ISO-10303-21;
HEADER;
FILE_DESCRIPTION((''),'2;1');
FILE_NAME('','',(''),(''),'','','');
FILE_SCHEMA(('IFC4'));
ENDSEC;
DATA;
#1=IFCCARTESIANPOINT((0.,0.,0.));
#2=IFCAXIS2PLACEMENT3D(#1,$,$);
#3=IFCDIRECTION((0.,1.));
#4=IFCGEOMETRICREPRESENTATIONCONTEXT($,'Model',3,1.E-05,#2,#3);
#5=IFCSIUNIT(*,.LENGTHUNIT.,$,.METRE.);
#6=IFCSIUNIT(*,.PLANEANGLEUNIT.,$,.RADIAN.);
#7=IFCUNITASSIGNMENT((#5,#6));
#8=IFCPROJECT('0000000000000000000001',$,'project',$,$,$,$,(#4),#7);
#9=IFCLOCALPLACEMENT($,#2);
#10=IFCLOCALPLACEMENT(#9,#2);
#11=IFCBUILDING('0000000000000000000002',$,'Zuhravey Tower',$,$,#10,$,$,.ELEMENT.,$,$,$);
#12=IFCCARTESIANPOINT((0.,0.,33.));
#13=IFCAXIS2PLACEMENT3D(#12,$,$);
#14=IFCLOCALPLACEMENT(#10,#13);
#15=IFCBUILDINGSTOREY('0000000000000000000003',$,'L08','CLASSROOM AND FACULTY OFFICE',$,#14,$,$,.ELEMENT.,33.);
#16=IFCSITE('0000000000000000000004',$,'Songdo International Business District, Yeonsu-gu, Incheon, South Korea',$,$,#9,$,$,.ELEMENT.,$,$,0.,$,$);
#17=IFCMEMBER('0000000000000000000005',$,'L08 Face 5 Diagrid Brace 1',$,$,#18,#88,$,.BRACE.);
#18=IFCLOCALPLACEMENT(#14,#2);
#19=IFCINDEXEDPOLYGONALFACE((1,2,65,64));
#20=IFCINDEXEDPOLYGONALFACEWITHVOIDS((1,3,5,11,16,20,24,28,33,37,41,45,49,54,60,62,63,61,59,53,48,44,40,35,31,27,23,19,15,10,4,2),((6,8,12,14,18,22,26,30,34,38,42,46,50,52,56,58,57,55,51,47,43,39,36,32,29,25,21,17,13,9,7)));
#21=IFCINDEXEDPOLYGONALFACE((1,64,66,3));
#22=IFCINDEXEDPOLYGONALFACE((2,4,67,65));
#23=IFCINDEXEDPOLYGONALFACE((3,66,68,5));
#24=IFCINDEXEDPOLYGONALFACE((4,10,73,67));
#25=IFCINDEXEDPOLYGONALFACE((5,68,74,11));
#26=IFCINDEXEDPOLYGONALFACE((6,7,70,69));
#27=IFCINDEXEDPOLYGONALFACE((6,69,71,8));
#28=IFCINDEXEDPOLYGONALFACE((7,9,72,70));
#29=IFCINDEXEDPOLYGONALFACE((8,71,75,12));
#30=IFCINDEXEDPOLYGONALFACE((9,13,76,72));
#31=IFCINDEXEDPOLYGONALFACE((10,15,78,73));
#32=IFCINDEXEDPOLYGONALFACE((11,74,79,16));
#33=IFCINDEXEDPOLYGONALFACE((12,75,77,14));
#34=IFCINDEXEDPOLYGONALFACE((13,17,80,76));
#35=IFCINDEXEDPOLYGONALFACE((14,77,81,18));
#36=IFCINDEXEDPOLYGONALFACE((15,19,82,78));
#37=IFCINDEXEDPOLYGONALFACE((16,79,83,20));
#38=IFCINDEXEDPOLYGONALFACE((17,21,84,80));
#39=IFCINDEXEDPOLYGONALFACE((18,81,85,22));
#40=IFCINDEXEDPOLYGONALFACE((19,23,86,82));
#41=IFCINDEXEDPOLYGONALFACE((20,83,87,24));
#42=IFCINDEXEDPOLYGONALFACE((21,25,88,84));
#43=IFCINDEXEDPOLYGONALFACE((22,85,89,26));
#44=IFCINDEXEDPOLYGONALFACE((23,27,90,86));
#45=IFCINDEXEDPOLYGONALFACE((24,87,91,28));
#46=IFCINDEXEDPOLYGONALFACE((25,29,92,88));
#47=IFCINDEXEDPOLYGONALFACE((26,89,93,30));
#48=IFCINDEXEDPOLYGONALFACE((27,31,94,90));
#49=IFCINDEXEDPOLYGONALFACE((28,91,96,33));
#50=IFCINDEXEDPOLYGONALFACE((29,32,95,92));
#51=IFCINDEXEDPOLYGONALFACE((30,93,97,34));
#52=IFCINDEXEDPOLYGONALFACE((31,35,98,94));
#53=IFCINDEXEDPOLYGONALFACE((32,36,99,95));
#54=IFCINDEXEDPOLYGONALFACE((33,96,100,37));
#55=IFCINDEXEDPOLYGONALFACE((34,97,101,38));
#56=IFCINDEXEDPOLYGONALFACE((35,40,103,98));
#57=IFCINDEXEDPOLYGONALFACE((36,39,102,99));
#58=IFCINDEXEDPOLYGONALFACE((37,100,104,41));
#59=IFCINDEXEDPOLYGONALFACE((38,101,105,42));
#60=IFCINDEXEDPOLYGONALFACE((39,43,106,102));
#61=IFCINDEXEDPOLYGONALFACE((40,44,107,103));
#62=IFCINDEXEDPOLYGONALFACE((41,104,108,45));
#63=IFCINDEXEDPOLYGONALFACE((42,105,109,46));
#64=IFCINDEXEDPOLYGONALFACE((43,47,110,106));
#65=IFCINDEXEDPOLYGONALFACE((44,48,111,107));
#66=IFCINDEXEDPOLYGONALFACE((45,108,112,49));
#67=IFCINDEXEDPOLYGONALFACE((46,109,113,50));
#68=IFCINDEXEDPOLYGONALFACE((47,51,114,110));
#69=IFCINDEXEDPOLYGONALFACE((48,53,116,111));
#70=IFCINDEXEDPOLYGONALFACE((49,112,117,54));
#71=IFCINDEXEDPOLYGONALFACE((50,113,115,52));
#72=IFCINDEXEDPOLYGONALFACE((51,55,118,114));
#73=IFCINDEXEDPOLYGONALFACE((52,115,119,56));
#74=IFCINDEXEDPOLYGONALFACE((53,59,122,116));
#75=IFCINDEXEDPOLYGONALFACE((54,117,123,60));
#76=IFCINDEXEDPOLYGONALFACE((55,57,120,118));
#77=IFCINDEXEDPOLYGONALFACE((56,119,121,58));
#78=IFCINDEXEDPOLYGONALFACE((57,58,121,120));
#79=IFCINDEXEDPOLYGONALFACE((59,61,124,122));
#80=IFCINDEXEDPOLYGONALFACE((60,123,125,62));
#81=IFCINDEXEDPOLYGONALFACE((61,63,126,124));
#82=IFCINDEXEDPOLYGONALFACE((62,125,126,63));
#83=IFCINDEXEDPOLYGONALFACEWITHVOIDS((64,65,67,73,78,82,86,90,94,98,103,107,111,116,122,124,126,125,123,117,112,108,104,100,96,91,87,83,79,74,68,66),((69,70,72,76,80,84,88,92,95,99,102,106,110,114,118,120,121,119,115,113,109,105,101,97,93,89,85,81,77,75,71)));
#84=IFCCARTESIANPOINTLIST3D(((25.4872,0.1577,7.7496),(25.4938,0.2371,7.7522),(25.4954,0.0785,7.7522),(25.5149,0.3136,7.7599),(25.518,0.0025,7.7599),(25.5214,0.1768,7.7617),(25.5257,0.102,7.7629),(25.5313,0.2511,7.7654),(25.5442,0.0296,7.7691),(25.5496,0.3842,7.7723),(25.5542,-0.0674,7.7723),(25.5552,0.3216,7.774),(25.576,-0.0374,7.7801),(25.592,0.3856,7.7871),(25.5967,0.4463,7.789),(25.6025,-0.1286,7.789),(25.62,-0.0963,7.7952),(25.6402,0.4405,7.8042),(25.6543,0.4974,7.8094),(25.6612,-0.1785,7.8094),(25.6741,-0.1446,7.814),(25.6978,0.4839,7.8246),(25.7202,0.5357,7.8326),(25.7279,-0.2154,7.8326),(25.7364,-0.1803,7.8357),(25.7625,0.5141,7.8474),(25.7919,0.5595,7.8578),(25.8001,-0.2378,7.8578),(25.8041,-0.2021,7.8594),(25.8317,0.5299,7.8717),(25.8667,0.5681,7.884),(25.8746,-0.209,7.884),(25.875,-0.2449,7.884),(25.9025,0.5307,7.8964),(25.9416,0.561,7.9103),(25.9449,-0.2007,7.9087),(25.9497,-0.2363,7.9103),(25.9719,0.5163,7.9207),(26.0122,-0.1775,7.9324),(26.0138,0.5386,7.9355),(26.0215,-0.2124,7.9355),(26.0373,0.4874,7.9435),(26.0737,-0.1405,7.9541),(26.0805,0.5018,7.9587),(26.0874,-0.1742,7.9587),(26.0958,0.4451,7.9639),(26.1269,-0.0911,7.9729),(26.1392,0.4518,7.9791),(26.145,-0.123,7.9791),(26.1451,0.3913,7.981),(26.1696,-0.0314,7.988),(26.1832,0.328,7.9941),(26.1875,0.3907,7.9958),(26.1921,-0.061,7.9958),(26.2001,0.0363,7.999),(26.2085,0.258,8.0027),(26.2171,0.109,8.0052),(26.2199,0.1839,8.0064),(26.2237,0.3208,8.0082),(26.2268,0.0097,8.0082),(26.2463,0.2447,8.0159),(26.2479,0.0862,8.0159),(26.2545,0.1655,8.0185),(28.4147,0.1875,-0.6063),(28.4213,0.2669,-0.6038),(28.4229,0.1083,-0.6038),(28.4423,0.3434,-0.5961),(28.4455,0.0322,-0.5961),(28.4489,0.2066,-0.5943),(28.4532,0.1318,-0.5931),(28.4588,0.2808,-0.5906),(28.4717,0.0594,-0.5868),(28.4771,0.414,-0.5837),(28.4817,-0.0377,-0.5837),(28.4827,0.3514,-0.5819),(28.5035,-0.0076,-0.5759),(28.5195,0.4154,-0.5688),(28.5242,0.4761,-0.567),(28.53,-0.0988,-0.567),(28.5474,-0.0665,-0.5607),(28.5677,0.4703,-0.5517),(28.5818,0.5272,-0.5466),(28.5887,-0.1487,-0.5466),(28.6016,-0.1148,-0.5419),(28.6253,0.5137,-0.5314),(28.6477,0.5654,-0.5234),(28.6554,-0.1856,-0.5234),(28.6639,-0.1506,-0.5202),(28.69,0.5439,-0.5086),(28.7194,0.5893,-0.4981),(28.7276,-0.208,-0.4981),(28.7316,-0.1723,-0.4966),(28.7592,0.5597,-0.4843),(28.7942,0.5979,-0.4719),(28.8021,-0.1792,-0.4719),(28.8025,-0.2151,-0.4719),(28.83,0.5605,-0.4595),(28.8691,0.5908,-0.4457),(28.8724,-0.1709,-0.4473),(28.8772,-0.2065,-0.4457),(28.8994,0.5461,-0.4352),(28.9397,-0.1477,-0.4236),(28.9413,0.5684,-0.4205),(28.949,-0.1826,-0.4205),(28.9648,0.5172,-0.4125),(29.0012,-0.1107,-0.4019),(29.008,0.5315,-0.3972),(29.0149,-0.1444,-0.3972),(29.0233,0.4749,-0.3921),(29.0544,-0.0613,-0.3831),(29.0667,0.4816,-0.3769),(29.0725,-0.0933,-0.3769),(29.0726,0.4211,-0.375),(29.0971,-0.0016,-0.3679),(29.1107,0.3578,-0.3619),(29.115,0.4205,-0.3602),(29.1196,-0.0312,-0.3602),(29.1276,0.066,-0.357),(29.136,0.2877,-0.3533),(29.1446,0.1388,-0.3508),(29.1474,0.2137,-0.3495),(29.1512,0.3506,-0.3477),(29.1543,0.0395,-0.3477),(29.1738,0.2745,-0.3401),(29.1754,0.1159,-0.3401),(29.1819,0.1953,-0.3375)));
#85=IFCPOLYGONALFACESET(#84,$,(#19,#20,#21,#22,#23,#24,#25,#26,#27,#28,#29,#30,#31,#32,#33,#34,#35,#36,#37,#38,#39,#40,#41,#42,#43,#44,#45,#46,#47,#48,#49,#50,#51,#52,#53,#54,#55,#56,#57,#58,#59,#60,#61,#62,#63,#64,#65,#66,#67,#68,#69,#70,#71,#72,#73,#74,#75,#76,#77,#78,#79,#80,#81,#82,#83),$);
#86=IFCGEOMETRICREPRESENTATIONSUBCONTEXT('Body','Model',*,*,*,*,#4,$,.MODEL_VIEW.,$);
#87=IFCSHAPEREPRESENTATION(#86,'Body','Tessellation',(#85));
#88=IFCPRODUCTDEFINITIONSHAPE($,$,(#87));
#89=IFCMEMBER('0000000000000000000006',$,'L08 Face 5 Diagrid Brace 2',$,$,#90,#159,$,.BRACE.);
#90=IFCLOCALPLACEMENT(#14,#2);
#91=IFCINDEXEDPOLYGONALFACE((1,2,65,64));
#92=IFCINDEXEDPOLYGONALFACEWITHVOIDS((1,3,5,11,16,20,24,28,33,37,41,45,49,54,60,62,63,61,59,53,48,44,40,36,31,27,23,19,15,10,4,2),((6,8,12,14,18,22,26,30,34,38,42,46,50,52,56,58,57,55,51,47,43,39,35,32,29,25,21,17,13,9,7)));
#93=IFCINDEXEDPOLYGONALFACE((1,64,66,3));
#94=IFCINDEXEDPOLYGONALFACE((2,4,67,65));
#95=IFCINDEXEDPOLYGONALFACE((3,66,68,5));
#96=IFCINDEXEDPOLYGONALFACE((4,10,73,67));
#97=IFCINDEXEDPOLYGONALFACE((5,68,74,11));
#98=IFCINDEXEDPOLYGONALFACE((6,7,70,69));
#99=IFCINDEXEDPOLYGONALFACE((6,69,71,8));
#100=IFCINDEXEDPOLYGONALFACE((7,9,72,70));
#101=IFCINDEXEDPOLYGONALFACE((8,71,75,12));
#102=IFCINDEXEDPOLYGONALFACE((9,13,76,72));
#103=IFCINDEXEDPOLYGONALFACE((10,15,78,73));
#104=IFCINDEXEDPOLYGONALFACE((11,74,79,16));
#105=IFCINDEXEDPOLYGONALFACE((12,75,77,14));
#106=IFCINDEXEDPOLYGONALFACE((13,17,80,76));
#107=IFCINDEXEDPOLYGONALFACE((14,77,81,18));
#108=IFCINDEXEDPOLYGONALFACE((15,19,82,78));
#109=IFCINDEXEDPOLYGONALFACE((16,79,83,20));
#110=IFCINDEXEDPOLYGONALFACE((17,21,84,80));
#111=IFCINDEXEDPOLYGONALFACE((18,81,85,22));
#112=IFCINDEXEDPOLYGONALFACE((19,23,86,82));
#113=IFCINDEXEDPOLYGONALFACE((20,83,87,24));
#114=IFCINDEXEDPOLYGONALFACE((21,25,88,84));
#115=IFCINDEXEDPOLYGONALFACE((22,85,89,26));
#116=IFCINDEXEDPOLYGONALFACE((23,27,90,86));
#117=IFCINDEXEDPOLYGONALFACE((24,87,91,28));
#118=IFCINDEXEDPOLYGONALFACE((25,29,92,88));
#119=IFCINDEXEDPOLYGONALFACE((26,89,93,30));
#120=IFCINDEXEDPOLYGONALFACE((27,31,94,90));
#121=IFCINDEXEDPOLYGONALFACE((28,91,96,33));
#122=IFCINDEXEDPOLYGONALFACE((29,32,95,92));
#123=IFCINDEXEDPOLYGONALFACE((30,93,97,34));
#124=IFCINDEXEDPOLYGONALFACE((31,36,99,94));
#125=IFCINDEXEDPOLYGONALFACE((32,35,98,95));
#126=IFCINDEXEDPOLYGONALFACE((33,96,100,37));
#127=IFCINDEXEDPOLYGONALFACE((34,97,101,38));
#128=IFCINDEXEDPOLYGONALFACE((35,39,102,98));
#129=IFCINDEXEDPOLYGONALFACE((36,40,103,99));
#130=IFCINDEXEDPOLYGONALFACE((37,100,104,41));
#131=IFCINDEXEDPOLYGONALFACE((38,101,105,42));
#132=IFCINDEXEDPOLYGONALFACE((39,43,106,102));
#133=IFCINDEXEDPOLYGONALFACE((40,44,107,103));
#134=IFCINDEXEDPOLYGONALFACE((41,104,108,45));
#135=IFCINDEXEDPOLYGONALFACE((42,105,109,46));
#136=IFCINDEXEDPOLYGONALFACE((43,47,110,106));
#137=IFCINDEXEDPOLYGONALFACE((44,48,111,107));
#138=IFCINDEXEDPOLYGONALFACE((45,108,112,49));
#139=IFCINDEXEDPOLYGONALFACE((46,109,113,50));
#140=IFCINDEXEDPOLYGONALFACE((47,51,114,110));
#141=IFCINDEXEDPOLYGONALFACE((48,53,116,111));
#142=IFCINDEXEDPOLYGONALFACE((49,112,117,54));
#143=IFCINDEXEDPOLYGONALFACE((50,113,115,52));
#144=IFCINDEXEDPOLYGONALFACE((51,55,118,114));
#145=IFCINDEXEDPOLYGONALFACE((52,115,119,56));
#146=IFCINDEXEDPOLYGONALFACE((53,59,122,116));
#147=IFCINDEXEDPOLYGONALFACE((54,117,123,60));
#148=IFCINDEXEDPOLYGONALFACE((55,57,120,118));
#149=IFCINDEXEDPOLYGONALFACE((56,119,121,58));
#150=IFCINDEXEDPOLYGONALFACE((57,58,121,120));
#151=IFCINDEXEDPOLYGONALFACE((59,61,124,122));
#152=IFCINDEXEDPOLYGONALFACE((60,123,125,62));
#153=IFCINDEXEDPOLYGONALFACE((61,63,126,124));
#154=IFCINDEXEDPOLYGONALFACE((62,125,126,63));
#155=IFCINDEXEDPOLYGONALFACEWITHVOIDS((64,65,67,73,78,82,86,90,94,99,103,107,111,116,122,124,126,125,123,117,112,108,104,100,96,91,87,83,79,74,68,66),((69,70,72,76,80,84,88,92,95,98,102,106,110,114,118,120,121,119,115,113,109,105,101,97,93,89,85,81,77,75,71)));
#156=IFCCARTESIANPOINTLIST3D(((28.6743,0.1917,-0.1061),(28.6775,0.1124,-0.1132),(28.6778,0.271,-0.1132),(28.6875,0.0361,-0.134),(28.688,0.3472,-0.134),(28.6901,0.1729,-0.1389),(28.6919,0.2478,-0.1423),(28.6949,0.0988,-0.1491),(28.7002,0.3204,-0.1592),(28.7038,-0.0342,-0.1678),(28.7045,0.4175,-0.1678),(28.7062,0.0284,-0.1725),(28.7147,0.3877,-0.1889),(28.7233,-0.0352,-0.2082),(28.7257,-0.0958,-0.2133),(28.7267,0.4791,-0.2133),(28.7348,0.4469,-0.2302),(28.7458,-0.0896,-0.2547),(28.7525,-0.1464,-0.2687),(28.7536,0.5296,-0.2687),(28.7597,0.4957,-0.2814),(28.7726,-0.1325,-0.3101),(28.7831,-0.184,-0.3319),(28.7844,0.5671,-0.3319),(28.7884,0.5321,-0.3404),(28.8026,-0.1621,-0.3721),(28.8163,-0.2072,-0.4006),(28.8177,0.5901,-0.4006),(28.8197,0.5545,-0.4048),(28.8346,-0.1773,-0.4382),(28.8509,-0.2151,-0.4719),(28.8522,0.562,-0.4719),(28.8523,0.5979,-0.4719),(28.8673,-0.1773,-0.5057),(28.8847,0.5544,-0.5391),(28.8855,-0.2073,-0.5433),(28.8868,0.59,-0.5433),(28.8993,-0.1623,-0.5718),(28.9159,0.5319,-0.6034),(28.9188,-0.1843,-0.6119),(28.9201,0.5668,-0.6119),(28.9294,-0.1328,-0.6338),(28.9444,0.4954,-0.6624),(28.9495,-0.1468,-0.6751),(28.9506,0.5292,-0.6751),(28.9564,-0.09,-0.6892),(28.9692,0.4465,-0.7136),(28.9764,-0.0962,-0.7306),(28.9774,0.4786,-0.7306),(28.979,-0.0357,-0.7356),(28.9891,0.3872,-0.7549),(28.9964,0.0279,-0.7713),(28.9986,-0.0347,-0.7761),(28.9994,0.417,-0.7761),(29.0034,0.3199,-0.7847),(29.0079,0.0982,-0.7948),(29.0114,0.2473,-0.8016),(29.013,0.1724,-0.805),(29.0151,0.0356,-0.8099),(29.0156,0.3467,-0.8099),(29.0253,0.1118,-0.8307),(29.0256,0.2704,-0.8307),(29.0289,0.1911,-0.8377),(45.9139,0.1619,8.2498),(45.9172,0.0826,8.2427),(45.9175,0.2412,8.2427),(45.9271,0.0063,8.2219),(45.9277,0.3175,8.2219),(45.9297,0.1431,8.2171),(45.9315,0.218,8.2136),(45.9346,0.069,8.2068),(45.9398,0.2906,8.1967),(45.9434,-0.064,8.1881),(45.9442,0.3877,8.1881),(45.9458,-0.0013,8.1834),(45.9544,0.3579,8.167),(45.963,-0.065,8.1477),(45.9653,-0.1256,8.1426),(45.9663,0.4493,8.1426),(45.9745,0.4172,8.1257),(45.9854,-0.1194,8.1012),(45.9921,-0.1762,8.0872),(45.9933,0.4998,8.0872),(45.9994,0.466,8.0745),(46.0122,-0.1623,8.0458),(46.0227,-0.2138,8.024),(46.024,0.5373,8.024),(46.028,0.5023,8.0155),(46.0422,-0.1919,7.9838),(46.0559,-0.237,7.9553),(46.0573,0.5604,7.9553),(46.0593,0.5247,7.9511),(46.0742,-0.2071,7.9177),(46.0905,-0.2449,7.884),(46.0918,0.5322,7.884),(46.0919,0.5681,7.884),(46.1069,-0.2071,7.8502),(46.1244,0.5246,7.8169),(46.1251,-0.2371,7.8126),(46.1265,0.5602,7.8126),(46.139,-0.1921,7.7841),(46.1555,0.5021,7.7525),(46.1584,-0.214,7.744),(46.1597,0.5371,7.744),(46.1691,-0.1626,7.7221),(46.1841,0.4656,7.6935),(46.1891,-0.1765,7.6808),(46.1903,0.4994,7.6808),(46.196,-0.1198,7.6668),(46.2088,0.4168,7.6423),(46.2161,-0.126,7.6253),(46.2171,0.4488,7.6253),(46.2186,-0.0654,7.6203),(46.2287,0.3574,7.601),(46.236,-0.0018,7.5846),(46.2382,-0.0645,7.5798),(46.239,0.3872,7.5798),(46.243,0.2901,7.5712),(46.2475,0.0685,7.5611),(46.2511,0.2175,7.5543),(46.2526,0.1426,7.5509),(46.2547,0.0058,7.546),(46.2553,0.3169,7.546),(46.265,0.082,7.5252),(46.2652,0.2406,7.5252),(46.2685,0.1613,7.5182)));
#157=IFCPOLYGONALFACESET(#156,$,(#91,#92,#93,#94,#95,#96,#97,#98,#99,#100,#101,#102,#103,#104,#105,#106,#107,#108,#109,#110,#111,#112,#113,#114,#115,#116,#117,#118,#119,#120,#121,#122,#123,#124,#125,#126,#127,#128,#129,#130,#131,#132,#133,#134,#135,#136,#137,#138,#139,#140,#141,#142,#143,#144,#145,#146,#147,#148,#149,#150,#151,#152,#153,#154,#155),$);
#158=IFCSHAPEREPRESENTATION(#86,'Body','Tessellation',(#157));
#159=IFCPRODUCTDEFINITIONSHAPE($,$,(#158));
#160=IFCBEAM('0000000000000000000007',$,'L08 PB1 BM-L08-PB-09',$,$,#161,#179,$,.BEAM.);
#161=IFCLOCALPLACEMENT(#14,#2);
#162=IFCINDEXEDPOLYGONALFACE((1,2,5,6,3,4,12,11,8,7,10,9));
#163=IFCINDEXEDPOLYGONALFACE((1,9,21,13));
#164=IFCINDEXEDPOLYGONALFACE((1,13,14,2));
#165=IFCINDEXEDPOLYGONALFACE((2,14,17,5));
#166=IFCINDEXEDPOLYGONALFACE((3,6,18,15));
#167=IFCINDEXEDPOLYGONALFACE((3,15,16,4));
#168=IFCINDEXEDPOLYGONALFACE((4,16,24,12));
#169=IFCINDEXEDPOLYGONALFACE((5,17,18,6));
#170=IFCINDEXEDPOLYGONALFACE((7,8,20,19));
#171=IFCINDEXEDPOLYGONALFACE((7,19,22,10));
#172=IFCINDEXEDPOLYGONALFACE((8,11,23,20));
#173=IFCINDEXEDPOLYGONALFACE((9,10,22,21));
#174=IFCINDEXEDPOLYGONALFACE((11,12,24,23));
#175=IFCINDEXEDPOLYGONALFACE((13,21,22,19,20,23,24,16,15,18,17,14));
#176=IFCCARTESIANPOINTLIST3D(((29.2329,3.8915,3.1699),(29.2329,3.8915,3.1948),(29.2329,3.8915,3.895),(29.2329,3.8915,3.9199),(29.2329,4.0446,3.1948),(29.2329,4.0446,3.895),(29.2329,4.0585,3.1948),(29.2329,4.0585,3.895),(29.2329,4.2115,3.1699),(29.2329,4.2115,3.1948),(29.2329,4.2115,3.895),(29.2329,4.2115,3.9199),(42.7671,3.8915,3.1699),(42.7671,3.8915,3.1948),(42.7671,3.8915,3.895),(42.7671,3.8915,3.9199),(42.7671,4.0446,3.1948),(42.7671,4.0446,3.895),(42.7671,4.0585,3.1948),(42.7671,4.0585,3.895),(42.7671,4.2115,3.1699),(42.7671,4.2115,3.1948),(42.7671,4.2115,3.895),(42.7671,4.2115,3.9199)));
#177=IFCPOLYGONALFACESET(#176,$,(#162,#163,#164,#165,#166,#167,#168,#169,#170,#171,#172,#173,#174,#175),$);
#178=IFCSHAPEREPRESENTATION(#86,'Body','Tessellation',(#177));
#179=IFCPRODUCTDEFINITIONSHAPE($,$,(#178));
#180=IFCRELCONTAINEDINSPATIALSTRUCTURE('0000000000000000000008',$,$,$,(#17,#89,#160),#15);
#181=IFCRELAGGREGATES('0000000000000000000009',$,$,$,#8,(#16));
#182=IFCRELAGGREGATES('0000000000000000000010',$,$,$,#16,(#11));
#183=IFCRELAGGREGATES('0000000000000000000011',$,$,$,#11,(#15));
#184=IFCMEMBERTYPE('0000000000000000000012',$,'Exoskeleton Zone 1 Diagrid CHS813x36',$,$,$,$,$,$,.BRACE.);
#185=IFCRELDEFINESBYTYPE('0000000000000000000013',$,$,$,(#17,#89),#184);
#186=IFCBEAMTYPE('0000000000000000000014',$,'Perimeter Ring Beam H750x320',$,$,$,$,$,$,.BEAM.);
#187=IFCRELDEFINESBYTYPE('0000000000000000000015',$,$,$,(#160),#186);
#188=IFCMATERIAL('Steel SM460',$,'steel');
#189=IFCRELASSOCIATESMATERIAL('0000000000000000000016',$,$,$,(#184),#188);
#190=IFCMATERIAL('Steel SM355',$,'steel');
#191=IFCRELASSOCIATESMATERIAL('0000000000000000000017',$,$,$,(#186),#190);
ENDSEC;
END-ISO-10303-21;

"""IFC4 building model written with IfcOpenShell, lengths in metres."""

from ifc_helpers import new_model, si_unit, direction, frame, origin, origin_2d, place, context, subcontext, project, spatial, hollow_circle, i_section, extrude, material, material_profile, profile_set, type_object, element, save


model = new_model("IFC4")

# Units and contexts
model_context = context("Model", 3, precision=1e-05, world=origin(), true_north=direction((0.0, 1.0)))
body_context = subcontext(model_context, "Body", "Model", "MODEL_VIEW")
ifc_project = project(units=[si_unit("LENGTHUNIT", "METRE"), si_unit("PLANEANGLEUNIT", "RADIAN")], contexts=[model_context])

# Site, building, storey
site_placement = place(None, origin())
site = spatial("IfcSite", under=ifc_project, at=site_placement, Name="Songdo International Business District, Yeonsu-gu, Incheon, South Korea", CompositionType="ELEMENT", RefElevation=0.0)
building_placement = place(site_placement, origin())
building = spatial("IfcBuilding", under=site, at=building_placement, Name="Zuhravey Tower", CompositionType="ELEMENT")
storey_placement = place(building_placement, frame((0.0, 0.0, 33.0)))
storey = spatial("IfcBuildingStorey", under=building, at=storey_placement, Name="L08", Description="CLASSROOM AND FACULTY OFFICE", CompositionType="ELEMENT", Elevation=33.0)

# Members
ifc_material_1 = material(Name="Steel SM355", Category="steel")
ifc_material_2 = material(Name="Steel SM460", Category="steel")
ifc_material_profile_1 = material_profile(ifc_material_2, hollow_circle(Radius=0.4065, WallThickness=0.0359, at=origin_2d()), Name="CHS-812.8x36")
ifc_profile_set_1 = profile_set([ifc_material_profile_1], Name="Steel SM460")
member_type_1 = type_object("IfcMemberType", Name="Exoskeleton Zone 1 Diagrid CHS813x36", PredefinedType="BRACE", material=ifc_profile_set_1)
member_1_placement = place(storey_placement, frame((28.7983, 0.1914, -0.4719), z_axis=(-0.330641, -0.003364, 0.943751), x_axis=(0.010174, -0.999948, 0.0)))
element("IfcMember", 1, at=member_1_placement, inside=storey, type_object=member_type_1, Name="L08 Face 5 Diagrid Brace 1", PredefinedType="BRACE", context=body_context, shape_type="SweptSolid", body=[
    extrude(hollow_circle(Radius=0.4065, WallThickness=0.0359, at=origin_2d()), origin(), (0.0, 0.0, 1.0), 8.854),
])
member_2_placement = place(storey_placement, frame((28.8516, 0.1914, -0.4719), z_axis=(0.899868, -0.001555, 0.436159), x_axis=(0.001728, 0.999999, 0.0)))
element("IfcMember", 2, at=member_2_placement, inside=storey, type_object=member_type_1, Name="L08 Face 5 Diagrid Brace 2", PredefinedType="BRACE", context=body_context, shape_type="SweptSolid", body=[
    extrude(hollow_circle(Radius=0.4065, WallThickness=0.0359, at=origin_2d()), origin(), (0.0, 0.0, 1.0), 19.158),
])

# Beam
ifc_material_profile_2 = material_profile(ifc_material_1, i_section(OverallWidth=0.3201, OverallDepth=0.75, WebThickness=0.0139, FlangeThickness=0.0249, at=origin_2d()), Name="H-750x320x14x25")
ifc_profile_set_2 = profile_set([ifc_material_profile_2], Name="Steel SM355")
beam_type_1 = type_object("IfcBeamType", Name="Perimeter Ring Beam H750x320", PredefinedType="BEAM", material=ifc_profile_set_2)
beam_1_placement = place(storey_placement, frame((29.2329, 4.0515, 3.5449), z_axis=(1.0, 0.0, 0.0), x_axis=(0.0, 1.0, 0.0)))
element("IfcBeam", 3, at=beam_1_placement, inside=storey, type_object=beam_type_1, Name="L08 PB1 BM-L08-PB-09", PredefinedType="BEAM", context=body_context, shape_type="SweptSolid", body=[
    extrude(i_section(OverallWidth=0.3201, OverallDepth=0.75, WebThickness=0.0139, FlangeThickness=0.0249, at=origin_2d()), origin(), (0.0, 0.0, 1.0), 13.5342),
])

save(model, "model.ifc")
